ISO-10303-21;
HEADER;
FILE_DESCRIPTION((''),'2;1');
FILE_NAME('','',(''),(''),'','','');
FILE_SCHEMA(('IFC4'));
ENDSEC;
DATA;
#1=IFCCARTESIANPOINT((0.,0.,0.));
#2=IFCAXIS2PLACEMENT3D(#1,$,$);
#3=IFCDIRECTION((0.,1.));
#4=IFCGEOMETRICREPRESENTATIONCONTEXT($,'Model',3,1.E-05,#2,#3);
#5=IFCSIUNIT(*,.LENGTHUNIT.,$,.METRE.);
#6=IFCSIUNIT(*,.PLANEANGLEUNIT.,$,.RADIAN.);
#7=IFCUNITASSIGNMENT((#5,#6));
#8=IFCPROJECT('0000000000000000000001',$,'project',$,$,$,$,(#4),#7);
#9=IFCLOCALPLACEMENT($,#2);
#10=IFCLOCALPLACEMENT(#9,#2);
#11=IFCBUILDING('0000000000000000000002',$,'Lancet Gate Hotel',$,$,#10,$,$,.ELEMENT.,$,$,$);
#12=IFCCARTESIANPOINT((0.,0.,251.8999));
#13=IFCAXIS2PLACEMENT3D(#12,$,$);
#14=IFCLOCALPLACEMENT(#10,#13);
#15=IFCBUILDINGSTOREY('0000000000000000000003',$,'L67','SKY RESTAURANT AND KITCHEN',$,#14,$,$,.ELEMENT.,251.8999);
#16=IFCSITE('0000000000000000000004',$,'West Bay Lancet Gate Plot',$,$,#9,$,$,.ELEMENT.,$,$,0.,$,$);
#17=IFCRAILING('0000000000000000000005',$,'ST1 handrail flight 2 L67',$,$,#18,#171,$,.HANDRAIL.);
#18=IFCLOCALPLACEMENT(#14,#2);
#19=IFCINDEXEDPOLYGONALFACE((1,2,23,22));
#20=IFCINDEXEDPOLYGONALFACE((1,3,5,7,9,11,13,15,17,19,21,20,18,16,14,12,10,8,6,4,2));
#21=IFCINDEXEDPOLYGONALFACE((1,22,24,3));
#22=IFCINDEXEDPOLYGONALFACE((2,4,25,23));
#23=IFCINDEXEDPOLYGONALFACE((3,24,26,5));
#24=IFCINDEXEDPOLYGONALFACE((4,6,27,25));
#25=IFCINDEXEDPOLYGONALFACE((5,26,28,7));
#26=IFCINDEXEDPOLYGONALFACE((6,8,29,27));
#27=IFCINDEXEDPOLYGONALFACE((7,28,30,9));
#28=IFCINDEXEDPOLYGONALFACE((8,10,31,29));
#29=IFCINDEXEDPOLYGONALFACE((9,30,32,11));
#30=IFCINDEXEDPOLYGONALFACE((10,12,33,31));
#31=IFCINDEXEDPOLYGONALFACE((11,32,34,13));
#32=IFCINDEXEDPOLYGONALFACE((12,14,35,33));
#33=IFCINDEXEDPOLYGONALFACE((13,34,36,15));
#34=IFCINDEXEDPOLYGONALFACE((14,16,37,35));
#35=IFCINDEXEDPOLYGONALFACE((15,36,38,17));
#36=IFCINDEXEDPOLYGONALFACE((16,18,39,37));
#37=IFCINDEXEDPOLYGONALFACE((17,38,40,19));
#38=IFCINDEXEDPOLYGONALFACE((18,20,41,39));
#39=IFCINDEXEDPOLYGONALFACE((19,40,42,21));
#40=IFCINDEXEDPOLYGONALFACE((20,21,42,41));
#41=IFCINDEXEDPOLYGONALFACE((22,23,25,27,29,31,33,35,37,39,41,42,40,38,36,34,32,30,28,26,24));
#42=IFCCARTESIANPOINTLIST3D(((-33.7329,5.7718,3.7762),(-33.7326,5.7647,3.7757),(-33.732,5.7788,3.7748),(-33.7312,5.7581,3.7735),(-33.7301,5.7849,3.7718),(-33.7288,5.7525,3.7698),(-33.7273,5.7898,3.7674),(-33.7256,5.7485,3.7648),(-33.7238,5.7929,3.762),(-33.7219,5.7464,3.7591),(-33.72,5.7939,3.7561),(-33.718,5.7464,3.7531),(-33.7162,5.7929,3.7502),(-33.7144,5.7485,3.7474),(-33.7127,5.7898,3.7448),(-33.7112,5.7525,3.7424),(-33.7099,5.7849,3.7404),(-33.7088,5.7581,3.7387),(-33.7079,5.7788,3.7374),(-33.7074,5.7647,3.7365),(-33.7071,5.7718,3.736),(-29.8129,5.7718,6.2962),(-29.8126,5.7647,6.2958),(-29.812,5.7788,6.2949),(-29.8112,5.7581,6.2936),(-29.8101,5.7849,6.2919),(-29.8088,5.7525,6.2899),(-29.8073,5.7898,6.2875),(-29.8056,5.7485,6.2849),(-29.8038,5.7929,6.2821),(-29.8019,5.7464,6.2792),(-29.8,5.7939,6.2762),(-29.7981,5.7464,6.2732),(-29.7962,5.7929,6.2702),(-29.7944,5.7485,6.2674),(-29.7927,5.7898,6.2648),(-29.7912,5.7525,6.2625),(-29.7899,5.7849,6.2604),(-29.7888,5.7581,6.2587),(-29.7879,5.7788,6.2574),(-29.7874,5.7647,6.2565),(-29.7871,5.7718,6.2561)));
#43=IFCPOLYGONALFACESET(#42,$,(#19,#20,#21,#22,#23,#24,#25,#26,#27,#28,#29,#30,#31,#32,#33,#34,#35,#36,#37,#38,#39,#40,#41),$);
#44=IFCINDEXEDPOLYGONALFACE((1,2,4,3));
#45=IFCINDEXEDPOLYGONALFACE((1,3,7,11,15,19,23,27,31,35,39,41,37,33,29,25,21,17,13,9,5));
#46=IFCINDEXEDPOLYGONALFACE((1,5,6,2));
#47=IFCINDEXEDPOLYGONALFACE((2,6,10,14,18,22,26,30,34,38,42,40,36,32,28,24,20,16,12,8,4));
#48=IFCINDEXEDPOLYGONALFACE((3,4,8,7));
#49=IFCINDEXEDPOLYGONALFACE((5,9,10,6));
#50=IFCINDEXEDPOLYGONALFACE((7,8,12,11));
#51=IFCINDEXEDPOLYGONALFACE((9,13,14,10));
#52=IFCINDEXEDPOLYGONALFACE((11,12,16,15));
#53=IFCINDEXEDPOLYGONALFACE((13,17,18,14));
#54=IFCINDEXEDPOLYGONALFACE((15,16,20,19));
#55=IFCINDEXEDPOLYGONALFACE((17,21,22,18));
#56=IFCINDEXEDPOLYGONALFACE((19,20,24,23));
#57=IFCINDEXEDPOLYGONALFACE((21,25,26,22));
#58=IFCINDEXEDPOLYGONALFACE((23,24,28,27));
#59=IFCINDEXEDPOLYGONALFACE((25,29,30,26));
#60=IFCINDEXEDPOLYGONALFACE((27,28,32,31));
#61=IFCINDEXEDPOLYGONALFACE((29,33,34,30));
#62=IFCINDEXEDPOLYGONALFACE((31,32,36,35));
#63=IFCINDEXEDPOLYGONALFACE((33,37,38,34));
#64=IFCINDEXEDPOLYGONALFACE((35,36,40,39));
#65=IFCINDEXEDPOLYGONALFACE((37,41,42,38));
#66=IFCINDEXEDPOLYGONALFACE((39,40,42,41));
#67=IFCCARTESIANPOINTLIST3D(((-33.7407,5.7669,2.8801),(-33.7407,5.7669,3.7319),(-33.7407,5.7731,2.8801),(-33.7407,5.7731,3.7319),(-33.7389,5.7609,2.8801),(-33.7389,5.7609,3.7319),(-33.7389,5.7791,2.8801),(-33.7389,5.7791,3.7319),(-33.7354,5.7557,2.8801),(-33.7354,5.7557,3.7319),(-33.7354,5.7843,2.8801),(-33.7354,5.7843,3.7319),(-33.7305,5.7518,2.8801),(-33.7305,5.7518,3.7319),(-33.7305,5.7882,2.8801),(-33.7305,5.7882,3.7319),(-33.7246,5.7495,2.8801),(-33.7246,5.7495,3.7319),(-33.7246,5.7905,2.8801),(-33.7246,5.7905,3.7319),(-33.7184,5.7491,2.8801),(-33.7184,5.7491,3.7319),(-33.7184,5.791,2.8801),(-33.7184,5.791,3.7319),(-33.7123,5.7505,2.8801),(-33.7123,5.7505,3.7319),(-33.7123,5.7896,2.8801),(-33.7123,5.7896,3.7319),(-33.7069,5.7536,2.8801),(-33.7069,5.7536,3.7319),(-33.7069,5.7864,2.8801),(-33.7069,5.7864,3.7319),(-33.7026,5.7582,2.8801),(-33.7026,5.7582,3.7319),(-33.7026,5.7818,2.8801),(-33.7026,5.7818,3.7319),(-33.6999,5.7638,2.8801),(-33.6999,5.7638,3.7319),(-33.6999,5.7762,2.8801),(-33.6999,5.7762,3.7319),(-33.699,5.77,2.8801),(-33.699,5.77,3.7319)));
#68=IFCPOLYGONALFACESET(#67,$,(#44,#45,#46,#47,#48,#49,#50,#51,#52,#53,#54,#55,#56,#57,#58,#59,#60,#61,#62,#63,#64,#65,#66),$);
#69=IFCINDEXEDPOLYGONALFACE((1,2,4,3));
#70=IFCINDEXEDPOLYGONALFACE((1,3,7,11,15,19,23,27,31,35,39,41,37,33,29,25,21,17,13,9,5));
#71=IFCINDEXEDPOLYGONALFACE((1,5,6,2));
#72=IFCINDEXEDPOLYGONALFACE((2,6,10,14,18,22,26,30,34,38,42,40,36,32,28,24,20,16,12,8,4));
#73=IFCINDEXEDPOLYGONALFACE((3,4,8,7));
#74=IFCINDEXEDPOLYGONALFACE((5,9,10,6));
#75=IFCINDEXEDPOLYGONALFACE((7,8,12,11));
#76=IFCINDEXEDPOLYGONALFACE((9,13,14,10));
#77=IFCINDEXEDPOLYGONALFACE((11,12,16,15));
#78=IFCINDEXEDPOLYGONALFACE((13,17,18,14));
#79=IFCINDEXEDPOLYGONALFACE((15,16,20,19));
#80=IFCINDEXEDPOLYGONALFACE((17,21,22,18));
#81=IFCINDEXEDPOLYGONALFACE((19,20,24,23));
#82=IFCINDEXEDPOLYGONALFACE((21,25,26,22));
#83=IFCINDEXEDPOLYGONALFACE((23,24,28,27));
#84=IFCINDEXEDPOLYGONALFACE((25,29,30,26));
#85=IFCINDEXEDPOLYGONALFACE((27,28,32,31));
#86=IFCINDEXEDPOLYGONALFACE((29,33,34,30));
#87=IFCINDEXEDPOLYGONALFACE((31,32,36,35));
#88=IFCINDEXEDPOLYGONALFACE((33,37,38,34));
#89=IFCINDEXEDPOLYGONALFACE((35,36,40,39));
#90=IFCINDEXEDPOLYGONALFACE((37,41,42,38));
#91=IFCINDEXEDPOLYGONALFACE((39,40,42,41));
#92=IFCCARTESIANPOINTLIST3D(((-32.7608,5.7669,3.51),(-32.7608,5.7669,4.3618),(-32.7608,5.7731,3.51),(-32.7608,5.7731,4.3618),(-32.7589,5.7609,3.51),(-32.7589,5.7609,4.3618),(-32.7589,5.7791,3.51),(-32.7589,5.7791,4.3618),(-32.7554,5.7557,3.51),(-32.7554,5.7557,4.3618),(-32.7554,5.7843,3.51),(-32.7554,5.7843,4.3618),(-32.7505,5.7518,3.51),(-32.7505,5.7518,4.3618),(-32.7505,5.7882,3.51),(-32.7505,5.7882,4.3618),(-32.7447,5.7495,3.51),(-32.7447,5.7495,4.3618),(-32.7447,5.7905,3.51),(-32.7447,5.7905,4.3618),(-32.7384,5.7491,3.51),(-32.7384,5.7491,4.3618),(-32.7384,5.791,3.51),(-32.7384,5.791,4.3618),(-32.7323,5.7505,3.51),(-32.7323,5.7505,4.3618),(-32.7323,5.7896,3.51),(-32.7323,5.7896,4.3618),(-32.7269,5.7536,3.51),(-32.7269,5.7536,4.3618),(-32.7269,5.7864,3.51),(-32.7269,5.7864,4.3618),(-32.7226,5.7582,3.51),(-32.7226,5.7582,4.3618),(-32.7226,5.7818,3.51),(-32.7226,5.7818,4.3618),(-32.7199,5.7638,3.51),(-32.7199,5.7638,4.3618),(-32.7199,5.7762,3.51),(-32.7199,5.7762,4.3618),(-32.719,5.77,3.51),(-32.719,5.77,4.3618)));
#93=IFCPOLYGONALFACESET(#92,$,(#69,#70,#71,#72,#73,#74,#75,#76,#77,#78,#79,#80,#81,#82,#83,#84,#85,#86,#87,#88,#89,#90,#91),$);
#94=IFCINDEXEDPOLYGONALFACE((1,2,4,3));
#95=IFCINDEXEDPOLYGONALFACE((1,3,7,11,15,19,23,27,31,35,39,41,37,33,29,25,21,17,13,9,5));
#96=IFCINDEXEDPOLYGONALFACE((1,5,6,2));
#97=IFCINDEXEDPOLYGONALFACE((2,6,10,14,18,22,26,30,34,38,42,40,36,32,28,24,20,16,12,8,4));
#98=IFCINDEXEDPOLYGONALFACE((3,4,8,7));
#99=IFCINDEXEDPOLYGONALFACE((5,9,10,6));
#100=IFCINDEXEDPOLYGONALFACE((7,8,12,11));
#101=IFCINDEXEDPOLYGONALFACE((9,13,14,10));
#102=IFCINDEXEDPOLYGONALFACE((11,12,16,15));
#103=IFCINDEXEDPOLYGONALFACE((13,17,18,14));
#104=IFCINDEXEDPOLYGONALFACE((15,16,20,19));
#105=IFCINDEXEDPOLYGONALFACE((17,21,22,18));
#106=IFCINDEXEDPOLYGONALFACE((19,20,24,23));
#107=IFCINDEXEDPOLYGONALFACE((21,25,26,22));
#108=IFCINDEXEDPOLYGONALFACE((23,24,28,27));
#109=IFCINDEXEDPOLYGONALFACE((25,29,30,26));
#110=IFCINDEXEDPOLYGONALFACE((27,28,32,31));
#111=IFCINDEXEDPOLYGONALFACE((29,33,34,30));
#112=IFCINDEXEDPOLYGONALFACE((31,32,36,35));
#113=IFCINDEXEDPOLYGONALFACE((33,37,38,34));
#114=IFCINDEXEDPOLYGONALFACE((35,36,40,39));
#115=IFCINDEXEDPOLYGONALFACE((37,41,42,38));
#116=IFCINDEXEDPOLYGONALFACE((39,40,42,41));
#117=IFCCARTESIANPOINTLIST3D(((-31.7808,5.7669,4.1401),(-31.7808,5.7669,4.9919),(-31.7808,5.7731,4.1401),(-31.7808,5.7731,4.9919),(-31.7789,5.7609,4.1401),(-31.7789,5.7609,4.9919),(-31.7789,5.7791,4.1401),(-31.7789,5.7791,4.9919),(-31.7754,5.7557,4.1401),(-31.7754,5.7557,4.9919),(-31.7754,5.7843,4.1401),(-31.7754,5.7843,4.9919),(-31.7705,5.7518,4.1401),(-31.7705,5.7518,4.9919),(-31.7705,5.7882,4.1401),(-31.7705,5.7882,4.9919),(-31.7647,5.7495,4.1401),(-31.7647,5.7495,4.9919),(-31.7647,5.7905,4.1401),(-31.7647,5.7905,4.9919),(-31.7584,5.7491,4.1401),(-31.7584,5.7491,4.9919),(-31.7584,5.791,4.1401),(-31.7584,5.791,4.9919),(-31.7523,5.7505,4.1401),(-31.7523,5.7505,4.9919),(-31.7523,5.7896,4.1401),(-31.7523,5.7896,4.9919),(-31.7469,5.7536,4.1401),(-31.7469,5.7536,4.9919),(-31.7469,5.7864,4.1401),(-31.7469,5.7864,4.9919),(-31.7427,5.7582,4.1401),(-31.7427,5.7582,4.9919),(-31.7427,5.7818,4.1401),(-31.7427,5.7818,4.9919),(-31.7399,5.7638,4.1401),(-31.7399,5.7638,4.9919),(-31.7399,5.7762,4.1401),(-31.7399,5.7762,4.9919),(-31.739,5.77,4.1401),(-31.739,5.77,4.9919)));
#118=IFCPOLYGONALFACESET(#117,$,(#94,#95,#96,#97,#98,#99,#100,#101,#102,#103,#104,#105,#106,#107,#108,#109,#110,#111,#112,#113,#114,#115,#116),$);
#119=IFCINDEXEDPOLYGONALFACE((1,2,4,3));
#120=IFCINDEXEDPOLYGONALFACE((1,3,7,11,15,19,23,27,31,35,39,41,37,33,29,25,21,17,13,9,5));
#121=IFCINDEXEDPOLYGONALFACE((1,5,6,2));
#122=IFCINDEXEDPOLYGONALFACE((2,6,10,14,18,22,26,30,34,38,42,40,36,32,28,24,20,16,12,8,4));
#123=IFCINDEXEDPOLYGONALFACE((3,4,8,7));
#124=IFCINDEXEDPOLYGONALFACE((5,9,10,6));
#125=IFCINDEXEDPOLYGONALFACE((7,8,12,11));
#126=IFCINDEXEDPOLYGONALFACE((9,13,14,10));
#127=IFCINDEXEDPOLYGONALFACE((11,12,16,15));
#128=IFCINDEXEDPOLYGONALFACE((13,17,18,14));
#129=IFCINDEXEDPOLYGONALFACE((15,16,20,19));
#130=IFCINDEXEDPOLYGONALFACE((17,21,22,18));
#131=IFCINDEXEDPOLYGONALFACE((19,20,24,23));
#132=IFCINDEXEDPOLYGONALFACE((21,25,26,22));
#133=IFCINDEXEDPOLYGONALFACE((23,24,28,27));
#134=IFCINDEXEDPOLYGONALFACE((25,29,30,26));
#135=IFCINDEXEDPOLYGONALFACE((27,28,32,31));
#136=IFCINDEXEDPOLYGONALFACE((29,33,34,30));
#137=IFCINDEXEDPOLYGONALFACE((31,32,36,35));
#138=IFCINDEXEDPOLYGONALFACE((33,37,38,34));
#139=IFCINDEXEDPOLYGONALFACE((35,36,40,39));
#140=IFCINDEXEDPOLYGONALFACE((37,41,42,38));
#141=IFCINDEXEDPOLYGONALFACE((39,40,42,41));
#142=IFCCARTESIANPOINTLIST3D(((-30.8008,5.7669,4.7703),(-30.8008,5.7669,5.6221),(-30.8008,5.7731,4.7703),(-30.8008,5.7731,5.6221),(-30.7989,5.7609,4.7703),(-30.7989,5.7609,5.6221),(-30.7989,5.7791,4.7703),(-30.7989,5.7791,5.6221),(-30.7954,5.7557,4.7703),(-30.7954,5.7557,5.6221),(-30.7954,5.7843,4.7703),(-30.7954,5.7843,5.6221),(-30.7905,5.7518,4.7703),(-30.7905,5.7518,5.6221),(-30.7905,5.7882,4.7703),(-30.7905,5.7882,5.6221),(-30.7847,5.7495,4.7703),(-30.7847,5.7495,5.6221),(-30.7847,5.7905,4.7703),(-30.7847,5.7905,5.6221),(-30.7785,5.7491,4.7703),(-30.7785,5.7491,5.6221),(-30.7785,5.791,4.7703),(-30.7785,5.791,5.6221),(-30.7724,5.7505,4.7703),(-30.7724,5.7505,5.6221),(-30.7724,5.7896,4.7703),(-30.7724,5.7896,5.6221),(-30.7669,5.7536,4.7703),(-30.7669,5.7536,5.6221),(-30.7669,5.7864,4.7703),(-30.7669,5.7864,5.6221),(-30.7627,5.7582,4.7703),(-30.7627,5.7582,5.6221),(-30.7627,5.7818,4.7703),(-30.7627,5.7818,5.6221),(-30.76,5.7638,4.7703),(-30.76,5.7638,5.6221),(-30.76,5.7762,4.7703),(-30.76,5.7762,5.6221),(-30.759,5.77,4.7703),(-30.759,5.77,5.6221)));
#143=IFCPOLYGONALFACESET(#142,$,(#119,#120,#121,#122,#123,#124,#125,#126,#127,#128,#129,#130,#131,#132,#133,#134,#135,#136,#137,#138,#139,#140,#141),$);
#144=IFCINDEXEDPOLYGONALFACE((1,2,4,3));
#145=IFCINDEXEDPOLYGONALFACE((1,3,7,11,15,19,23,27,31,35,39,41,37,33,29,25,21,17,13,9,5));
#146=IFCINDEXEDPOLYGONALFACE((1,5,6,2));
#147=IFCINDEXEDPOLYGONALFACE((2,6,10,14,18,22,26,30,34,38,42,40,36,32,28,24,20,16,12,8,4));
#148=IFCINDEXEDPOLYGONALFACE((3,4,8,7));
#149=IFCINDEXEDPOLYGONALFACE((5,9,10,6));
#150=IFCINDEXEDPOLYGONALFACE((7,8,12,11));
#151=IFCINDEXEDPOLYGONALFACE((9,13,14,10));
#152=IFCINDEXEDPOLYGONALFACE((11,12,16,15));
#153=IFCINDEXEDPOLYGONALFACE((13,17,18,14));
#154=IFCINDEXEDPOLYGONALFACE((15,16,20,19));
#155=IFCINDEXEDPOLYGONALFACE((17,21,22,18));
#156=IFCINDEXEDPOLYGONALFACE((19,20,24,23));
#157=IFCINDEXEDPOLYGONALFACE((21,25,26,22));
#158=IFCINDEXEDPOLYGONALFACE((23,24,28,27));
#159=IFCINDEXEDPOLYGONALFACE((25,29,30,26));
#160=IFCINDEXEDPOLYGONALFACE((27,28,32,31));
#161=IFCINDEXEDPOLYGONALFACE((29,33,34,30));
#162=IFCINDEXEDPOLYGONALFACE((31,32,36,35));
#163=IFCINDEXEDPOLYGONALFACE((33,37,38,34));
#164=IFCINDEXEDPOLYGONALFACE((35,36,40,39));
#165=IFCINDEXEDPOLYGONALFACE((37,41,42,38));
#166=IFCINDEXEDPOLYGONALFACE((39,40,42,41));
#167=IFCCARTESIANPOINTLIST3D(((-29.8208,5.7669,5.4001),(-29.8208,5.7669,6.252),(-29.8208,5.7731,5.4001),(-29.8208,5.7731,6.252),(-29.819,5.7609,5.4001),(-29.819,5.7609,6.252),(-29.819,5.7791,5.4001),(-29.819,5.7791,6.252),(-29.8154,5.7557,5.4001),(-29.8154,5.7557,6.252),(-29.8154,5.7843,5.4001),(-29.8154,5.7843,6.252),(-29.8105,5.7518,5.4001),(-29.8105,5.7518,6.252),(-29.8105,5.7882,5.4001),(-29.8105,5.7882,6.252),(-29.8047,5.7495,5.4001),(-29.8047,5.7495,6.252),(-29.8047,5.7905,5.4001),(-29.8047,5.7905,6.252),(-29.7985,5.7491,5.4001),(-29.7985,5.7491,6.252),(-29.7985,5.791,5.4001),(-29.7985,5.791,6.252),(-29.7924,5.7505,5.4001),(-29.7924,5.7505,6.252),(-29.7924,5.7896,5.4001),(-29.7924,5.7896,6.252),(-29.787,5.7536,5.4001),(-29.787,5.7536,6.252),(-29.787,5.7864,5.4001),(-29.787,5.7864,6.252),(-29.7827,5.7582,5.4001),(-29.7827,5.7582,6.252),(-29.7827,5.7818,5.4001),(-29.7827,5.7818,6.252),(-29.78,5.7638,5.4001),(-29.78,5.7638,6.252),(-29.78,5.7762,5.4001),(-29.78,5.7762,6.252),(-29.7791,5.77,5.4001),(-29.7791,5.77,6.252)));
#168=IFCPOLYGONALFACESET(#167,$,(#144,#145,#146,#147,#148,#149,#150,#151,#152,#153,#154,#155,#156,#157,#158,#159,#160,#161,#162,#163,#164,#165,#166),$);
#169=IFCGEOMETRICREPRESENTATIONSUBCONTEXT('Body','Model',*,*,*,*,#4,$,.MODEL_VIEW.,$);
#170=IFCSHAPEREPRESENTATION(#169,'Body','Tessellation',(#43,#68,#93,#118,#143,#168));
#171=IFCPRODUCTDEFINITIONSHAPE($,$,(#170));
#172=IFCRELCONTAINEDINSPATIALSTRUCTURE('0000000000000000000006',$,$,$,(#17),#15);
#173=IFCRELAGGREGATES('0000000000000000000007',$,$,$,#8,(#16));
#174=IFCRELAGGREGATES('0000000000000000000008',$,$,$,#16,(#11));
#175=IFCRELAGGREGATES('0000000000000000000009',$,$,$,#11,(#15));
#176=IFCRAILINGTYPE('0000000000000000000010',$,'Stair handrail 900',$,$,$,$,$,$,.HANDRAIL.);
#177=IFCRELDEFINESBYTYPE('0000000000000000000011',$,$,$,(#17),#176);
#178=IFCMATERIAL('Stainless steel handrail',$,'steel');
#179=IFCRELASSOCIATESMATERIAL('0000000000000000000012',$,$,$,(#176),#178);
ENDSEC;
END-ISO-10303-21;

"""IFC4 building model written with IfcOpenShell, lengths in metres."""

from ifc_helpers import new_model, si_unit, direction, frame, origin, origin_2d, place, context, subcontext, project, spatial, circle, extrude, material, type_object, element, save


model = new_model("IFC4")

# Units and contexts
model_context = context("Model", 3, precision=1e-05, world=origin(), true_north=direction((0.0, 1.0)))
body_context = subcontext(model_context, "Body", "Model", "MODEL_VIEW")
ifc_project = project(units=[si_unit("LENGTHUNIT", "METRE"), si_unit("PLANEANGLEUNIT", "RADIAN")], contexts=[model_context])

# Site, building, storey
site_placement = place(None, origin())
site = spatial("IfcSite", under=ifc_project, at=site_placement, Name="West Bay Lancet Gate Plot", CompositionType="ELEMENT", RefElevation=0.0)
building_placement = place(site_placement, origin())
building = spatial("IfcBuilding", under=site, at=building_placement, Name="Lancet Gate Hotel", CompositionType="ELEMENT")
storey_placement = place(building_placement, frame((0.0, 0.0, 251.8999)))
storey = spatial("IfcBuildingStorey", under=building, at=storey_placement, Name="L67", Description="SKY RESTAURANT AND KITCHEN", CompositionType="ELEMENT", Elevation=251.8999)

# Railing
ifc_material_1 = material(Name="Stainless steel handrail", Category="steel")
railing_type = type_object("IfcRailingType", Name="Stair handrail 900", PredefinedType="HANDRAIL", material=ifc_material_1)
railing_placement = place(storey_placement, frame((-33.72, 5.77, 2.8801)))
element("IfcRailing", 1, at=railing_placement, inside=storey, type_object=railing_type, Name="ST1 handrail flight 2 L67", PredefinedType="HANDRAIL", context=body_context, shape_type="SweptSolid", body=[
    extrude(circle(Radius=0.0239, at=origin_2d()), frame((0.0, 0.0, 0.876), z_axis=(0.841172, 0.0, 0.540768), x_axis=(0.0, 1.0, 0.0)), (0.0, 0.0, 1.0), 4.6602),
    extrude(circle(Radius=0.021, at=origin_2d()), origin(), (0.0, 0.0, 1.0), 0.8518),
    extrude(circle(Radius=0.021, at=origin_2d()), frame((0.98, 0.0, 0.6299)), (0.0, 0.0, 1.0), 0.8518),
    extrude(circle(Radius=0.021, at=origin_2d()), frame((1.96, 0.0, 1.26)), (0.0, 0.0, 1.0), 0.8518),
    extrude(circle(Radius=0.021, at=origin_2d()), frame((2.9399, 0.0, 1.8901)), (0.0, 0.0, 1.0), 0.8518),
    extrude(circle(Radius=0.021, at=origin_2d()), frame((3.9199, 0.0, 2.52)), (0.0, 0.0, 1.0), 0.8518),
])

save(model, "model.ifc")
